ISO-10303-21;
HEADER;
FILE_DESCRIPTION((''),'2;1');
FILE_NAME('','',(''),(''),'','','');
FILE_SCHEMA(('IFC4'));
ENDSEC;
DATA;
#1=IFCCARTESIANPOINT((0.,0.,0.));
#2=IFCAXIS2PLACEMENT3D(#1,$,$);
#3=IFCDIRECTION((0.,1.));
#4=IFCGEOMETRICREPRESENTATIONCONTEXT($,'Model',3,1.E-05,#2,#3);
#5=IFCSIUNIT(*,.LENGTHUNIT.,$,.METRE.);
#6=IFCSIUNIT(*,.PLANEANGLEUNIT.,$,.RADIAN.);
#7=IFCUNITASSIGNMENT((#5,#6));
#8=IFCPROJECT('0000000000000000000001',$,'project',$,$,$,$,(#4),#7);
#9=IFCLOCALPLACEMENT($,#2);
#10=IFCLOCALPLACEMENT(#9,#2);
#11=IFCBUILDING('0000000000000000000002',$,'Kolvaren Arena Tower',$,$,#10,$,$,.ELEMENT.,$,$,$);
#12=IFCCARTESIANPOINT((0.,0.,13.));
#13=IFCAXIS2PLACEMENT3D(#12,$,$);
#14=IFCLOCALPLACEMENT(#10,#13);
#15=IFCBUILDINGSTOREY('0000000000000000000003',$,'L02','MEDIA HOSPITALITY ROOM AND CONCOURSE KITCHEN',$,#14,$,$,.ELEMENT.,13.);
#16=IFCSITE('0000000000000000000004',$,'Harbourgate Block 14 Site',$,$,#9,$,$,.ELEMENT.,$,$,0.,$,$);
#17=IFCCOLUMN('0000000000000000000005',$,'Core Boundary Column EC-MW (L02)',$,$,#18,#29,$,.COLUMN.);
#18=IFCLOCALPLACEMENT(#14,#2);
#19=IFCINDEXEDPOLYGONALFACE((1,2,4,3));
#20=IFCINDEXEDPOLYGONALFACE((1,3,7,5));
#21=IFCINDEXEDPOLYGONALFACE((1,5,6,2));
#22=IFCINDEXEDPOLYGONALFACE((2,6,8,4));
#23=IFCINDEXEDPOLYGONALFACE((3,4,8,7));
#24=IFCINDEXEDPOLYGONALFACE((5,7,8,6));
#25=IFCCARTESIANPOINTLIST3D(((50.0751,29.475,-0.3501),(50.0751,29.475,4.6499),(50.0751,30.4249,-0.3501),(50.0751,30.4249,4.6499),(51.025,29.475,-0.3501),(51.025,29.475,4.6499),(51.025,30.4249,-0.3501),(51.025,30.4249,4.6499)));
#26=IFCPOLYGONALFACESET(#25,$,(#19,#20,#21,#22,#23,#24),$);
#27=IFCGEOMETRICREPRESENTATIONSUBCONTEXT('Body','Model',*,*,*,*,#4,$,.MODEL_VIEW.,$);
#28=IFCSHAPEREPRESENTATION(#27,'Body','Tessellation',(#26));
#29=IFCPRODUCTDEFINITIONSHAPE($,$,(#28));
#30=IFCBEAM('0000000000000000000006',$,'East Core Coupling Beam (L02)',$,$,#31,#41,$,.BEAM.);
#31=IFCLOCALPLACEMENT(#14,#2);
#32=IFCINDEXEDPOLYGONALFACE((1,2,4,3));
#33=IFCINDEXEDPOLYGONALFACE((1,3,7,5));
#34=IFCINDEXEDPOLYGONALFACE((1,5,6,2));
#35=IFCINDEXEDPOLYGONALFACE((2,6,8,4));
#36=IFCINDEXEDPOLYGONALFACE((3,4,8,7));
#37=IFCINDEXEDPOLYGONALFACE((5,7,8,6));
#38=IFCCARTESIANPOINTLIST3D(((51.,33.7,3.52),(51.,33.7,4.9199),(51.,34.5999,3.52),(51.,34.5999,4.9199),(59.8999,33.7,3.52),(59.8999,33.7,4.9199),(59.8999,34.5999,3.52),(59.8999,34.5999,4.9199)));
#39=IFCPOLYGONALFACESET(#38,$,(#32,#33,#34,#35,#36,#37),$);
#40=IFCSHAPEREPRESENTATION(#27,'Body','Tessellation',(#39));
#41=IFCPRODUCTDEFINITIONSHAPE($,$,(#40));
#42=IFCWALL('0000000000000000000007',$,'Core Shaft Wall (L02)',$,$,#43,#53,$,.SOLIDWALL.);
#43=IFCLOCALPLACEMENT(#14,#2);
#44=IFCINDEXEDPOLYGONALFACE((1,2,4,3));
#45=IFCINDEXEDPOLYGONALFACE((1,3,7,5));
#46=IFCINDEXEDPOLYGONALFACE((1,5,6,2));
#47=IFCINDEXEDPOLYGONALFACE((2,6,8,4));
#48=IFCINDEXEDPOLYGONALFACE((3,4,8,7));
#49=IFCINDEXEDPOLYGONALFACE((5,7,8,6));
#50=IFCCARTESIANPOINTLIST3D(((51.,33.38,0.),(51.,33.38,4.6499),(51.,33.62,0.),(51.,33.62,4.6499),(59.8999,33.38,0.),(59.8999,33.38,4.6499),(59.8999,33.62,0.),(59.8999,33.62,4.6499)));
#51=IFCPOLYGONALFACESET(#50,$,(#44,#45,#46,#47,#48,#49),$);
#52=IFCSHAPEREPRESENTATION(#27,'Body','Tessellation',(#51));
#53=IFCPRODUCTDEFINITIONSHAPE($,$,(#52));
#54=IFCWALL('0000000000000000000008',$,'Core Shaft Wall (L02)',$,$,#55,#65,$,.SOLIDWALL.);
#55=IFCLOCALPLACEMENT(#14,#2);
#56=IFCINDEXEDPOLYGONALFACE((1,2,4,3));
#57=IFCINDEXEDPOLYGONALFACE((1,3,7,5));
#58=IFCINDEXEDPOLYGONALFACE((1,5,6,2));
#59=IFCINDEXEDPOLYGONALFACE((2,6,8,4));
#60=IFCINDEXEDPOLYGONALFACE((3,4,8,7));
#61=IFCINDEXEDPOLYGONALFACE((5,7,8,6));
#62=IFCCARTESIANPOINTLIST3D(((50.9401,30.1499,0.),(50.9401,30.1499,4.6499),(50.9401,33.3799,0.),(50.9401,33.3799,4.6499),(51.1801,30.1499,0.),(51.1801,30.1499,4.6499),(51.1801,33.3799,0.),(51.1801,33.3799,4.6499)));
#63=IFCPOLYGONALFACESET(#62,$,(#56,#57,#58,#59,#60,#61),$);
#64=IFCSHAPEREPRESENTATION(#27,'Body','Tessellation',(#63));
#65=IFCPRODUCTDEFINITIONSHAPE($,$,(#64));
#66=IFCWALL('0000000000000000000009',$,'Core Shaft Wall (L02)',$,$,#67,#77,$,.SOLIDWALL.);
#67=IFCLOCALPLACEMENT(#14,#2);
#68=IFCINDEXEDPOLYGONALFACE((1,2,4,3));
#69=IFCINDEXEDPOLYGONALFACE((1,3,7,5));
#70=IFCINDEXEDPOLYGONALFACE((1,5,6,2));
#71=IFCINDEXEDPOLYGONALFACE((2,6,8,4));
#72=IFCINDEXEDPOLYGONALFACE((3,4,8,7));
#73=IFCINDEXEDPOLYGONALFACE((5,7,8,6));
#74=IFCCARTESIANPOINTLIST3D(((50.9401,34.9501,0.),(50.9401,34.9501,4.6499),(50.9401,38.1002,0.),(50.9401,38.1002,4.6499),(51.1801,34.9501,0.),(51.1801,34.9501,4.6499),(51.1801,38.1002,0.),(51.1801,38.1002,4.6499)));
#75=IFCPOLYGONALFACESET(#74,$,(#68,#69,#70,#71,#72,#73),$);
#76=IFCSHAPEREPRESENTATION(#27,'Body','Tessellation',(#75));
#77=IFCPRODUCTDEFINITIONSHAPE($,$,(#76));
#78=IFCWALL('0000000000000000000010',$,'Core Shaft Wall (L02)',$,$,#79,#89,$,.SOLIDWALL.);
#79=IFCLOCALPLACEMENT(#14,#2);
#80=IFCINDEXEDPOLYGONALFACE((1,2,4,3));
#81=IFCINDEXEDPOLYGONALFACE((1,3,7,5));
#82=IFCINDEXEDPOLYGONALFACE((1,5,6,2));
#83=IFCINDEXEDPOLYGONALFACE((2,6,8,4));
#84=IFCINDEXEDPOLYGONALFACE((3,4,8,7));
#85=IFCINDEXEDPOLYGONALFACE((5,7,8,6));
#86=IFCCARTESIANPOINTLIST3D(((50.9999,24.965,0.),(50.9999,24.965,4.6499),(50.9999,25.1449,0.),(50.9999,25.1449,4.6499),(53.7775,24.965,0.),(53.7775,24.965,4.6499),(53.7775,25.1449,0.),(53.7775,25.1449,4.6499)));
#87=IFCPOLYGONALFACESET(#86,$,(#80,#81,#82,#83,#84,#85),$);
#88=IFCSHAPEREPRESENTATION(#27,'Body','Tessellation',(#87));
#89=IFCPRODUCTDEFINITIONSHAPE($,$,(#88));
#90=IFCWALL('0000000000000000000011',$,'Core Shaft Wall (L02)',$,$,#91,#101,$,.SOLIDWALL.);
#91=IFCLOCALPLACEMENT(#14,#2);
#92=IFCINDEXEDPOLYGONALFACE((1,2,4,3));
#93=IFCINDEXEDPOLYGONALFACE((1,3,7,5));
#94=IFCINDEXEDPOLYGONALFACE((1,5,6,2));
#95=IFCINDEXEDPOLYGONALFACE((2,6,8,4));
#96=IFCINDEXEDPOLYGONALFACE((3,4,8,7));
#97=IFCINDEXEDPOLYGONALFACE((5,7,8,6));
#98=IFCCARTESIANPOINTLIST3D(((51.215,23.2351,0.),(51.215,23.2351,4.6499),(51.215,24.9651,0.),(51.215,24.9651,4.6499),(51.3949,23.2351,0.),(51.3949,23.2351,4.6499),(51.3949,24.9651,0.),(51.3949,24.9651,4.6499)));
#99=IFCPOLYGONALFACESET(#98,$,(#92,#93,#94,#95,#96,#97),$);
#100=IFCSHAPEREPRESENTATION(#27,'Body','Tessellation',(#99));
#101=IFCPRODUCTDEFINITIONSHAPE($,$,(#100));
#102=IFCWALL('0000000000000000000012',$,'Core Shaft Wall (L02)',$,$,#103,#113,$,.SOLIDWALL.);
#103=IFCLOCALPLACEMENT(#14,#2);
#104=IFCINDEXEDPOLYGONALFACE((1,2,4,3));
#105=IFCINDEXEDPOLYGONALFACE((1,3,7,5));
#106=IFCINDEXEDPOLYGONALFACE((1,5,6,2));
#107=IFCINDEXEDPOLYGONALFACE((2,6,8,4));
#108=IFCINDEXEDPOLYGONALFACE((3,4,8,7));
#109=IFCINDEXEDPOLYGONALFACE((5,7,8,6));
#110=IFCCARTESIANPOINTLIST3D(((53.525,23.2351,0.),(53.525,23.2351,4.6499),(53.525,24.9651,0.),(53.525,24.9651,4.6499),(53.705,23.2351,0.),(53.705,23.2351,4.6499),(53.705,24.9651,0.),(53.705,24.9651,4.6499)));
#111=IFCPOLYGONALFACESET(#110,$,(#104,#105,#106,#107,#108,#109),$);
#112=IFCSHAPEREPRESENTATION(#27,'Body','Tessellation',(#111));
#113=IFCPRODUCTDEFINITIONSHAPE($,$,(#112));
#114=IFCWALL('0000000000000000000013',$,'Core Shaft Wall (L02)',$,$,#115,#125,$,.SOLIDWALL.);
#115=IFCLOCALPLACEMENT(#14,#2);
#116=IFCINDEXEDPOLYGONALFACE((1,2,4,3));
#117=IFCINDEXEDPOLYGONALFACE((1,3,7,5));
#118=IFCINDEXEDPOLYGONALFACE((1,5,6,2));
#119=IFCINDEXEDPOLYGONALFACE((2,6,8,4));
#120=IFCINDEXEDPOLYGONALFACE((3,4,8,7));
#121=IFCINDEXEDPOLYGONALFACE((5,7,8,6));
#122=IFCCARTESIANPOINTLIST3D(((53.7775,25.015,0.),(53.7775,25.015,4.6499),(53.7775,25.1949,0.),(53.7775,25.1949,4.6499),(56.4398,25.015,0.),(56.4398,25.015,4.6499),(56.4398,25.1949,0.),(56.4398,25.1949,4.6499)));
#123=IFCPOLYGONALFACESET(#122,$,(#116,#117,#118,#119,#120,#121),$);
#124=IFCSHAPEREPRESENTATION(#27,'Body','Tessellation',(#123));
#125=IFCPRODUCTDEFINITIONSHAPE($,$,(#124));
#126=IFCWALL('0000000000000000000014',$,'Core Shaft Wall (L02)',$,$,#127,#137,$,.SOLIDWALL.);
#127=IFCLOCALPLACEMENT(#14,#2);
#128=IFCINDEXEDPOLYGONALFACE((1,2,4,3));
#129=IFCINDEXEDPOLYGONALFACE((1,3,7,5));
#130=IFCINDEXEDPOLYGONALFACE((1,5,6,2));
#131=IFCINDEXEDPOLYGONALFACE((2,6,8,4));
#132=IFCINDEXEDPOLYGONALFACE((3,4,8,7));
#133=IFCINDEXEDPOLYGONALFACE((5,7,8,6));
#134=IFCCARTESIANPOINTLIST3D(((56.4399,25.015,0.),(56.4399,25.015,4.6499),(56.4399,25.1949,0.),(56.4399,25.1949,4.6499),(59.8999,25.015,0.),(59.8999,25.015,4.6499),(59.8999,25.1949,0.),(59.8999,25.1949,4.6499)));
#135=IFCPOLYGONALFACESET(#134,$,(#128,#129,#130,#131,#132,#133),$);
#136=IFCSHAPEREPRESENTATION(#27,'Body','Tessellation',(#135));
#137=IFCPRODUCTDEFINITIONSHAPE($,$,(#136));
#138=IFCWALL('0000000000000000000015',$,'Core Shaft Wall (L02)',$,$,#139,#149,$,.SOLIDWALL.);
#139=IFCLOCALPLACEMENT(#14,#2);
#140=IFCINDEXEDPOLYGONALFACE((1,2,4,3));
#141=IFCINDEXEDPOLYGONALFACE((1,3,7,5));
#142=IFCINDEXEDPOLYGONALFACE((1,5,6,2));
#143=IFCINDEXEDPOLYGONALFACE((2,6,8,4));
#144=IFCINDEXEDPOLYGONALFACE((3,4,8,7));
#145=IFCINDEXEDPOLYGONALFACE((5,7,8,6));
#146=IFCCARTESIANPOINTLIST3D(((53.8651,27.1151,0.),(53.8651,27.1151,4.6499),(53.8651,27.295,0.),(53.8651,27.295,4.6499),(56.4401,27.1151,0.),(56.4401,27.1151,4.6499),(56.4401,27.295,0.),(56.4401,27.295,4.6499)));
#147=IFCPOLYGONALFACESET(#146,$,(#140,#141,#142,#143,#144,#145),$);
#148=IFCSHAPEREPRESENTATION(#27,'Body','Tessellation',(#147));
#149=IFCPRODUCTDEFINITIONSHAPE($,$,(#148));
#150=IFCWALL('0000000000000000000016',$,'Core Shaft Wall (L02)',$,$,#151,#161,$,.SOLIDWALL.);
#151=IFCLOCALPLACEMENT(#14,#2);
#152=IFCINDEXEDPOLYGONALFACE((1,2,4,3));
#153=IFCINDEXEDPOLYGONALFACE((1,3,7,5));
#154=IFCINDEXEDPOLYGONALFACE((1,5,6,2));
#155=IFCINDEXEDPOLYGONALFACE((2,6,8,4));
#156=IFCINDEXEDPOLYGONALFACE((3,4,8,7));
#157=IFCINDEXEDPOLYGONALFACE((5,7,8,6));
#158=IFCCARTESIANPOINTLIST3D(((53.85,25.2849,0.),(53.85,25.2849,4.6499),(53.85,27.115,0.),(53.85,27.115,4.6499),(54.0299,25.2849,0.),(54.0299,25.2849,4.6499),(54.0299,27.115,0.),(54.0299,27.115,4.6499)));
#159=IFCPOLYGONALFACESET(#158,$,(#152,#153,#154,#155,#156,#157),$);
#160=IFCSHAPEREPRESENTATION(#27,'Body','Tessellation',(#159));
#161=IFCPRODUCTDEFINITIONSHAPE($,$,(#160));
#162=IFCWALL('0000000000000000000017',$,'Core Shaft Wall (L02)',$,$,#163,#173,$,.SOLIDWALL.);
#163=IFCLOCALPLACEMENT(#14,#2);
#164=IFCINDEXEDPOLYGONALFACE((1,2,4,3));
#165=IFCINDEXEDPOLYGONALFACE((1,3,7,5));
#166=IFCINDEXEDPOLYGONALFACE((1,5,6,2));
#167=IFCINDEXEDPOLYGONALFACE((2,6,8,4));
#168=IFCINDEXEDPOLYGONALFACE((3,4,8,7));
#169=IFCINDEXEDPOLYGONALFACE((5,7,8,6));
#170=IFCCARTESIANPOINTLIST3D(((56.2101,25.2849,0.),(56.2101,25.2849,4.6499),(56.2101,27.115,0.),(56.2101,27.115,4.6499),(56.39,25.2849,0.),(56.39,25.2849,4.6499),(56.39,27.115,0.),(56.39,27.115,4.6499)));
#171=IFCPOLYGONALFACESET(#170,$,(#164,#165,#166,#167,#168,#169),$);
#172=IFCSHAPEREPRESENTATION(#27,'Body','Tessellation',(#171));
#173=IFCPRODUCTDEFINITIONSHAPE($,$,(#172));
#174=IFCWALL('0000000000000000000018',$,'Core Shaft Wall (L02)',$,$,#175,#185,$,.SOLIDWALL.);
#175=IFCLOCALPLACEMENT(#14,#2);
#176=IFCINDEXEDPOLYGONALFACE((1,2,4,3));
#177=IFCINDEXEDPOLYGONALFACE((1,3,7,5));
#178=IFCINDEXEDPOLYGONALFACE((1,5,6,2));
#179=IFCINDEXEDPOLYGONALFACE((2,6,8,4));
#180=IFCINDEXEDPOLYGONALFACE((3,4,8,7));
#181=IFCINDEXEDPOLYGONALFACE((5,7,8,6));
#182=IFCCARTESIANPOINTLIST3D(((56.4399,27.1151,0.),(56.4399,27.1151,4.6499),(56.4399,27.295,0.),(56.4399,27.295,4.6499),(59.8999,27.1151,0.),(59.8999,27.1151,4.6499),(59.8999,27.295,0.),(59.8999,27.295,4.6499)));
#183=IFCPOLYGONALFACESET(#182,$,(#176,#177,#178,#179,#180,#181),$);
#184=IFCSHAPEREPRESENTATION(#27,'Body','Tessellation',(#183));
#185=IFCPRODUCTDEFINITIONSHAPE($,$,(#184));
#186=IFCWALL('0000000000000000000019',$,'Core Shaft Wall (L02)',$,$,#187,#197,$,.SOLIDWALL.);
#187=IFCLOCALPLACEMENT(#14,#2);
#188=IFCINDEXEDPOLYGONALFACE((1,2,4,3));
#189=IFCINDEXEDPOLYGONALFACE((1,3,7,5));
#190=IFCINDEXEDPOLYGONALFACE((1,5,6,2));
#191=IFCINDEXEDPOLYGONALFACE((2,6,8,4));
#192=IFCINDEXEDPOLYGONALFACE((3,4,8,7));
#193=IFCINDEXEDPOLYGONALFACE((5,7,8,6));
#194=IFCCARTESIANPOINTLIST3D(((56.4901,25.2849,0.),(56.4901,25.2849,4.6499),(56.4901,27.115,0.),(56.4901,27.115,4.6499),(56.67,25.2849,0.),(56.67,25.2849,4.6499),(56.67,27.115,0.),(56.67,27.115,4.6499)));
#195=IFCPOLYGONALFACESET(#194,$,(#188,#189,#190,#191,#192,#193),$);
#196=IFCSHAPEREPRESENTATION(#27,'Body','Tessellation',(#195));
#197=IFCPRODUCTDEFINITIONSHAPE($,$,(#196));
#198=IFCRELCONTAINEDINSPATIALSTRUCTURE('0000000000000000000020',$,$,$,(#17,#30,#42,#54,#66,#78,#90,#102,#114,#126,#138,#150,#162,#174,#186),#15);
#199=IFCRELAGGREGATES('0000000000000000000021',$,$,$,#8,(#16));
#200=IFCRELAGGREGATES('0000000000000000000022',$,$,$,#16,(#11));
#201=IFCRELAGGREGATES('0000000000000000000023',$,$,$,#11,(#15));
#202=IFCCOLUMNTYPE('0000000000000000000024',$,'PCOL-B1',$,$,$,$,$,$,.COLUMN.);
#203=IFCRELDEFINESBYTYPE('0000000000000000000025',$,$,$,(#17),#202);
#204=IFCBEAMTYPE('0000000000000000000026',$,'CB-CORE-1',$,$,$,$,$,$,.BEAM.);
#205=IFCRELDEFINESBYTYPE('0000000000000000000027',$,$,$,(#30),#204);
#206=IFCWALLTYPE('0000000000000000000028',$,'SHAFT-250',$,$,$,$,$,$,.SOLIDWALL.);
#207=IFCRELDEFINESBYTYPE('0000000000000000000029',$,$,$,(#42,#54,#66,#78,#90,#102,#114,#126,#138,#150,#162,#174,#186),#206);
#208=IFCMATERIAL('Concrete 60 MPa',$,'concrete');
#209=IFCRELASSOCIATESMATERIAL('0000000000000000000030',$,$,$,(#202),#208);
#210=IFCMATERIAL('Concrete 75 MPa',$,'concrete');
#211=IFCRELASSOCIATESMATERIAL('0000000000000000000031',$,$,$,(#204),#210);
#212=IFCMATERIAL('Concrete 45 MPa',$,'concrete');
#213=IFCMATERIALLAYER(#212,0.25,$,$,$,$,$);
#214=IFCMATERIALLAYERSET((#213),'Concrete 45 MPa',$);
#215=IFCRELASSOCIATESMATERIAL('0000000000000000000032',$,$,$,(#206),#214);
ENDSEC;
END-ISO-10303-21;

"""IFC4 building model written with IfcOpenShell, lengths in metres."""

from ifc_helpers import new_model, si_unit, direction, frame, frame_2d, origin, origin_2d, place, context, subcontext, project, spatial, rectangle, extrude, material, layer, layer_set, material_profile, profile_set, type_object, element, save


model = new_model("IFC4")

# Units and contexts
model_context = context("Model", 3, precision=1e-05, world=origin(), true_north=direction((0.0, 1.0)))
body_context = subcontext(model_context, "Body", "Model", "MODEL_VIEW")
ifc_project = project(units=[si_unit("LENGTHUNIT", "METRE"), si_unit("PLANEANGLEUNIT", "RADIAN")], contexts=[model_context])

# Site, building, storey
site_placement = place(None, origin())
site = spatial("IfcSite", under=ifc_project, at=site_placement, Name="Harbourgate Block 14 Site", CompositionType="ELEMENT", RefElevation=0.0)
building_placement = place(site_placement, origin())
building = spatial("IfcBuilding", under=site, at=building_placement, Name="Kolvaren Arena Tower", CompositionType="ELEMENT")
storey_placement = place(building_placement, frame((0.0, 0.0, 13.0)))
storey = spatial("IfcBuildingStorey", under=building, at=storey_placement, Name="L02", Description="MEDIA HOSPITALITY ROOM AND CONCOURSE KITCHEN", CompositionType="ELEMENT", Elevation=13.0)

# Column
ifc_material_1 = material(Name="Concrete 60 MPa", Category="concrete")
ifc_material_profile_1 = material_profile(ifc_material_1, rectangle(XDim=0.95, YDim=0.95, at=origin_2d()), Name="RC-950x950")
ifc_profile_set_1 = profile_set([ifc_material_profile_1], Name="Concrete 60 MPa")
column_type = type_object("IfcColumnType", Name="PCOL-B1", PredefinedType="COLUMN", material=ifc_profile_set_1)
column_placement = place(storey_placement, frame((50.55, 29.95, -0.3501), z_axis=(0.0, 0.0, 1.0), x_axis=(1.0, 0.0, 0.0)))
element("IfcColumn", 1, at=column_placement, inside=storey, type_object=column_type, Name="Core Boundary Column EC-MW (L02)", PredefinedType="COLUMN", context=body_context, shape_type="SweptSolid", body=[
    extrude(rectangle(XDim=0.95, YDim=0.95, at=origin_2d()), origin(), (0.0, 0.0, 1.0), 5.0),
])

# Beam
ifc_material_2 = material(Name="Concrete 75 MPa", Category="concrete")
ifc_material_profile_2 = material_profile(ifc_material_2, rectangle(XDim=0.8999, YDim=1.3999, at=origin_2d()), Name="RC-900x1400")
ifc_profile_set_2 = profile_set([ifc_material_profile_2], Name="Concrete 75 MPa")
beam_type = type_object("IfcBeamType", Name="CB-CORE-1", PredefinedType="BEAM", material=ifc_profile_set_2)
beam_placement = place(storey_placement, frame((51.0, 34.1499, 4.22), z_axis=(1.0, 0.0, 0.0), x_axis=(0.0, 1.0, 0.0)))
element("IfcBeam", 2, at=beam_placement, inside=storey, type_object=beam_type, Name="East Core Coupling Beam (L02)", PredefinedType="BEAM", context=body_context, shape_type="SweptSolid", body=[
    extrude(rectangle(XDim=0.8999, YDim=1.3999, at=origin_2d()), origin(), (0.0, 0.0, 1.0), 8.8999),
])

# Walls
ifc_material_3 = material(Name="Concrete 45 MPa", Category="concrete")
ifc_layer = layer(ifc_material_3, 0.25)
ifc_layer_set = layer_set([ifc_layer], Name="Concrete 45 MPa")
wall_type = type_object("IfcWallType", Name="SHAFT-250", PredefinedType="SOLIDWALL", material=ifc_layer_set)
wall_1_placement = place(storey_placement, frame((51.0, 33.5, 0.0), z_axis=(0.0, 0.0, 1.0), x_axis=(1.0, 0.0, 0.0)))
element("IfcWall", 3, at=wall_1_placement, inside=storey, type_object=wall_type, Name="Core Shaft Wall (L02)", PredefinedType="SOLIDWALL", context=body_context, shape_type="SweptSolid", body=[
    extrude(rectangle(XDim=8.8999, YDim=0.24, at=frame_2d((4.45, 0.0))), origin(), (0.0, 0.0, 1.0), 4.6499),
])
wall_2_placement = place(storey_placement, frame((51.0601, 30.1499, 0.0), z_axis=(0.0, 0.0, 1.0), x_axis=(0.0, 1.0, 0.0)))
element("IfcWall", 4, at=wall_2_placement, inside=storey, type_object=wall_type, Name="Core Shaft Wall (L02)", PredefinedType="SOLIDWALL", context=body_context, shape_type="SweptSolid", body=[
    extrude(rectangle(XDim=3.23, YDim=0.24, at=frame_2d((1.615, 0.0))), origin(), (0.0, 0.0, 1.0), 4.6499),
])
wall_3_placement = place(storey_placement, frame((51.0601, 34.95, 0.0), z_axis=(0.0, 0.0, 1.0), x_axis=(0.0, 1.0, 0.0)))
element("IfcWall", 5, at=wall_3_placement, inside=storey, type_object=wall_type, Name="Core Shaft Wall (L02)", PredefinedType="SOLIDWALL", context=body_context, shape_type="SweptSolid", body=[
    extrude(rectangle(XDim=3.1501, YDim=0.24, at=frame_2d((1.5752, 0.0))), origin(), (0.0, 0.0, 1.0), 4.6499),
])
wall_4_placement = place(storey_placement, frame((51.0, 25.0549, 0.0), z_axis=(0.0, 0.0, 1.0), x_axis=(1.0, 0.0, 0.0)))
element("IfcWall", 6, at=wall_4_placement, inside=storey, type_object=wall_type, Name="Core Shaft Wall (L02)", PredefinedType="SOLIDWALL", context=body_context, shape_type="SweptSolid", body=[
    extrude(rectangle(XDim=2.7776, YDim=0.1799, at=frame_2d((1.3887, 0.0))), origin(), (0.0, 0.0, 1.0), 4.6499),
])
for number, where, z_axis, x_axis, name in (
    (7, (51.3049, 23.2351, 0.0), (0.0, 0.0, 1.0), (0.0, 1.0, 0.0), "Core Shaft Wall (L02)"),
    (8, (53.615, 23.2351, 0.0), (0.0, 0.0, 1.0), (0.0, 1.0, 0.0), "Core Shaft Wall (L02)"),
):
    element("IfcWall", number, at=place(storey_placement, frame(where, z_axis=z_axis, x_axis=x_axis)), inside=storey, type_object=wall_type, Name=name, PredefinedType="SOLIDWALL", context=body_context, shape_type="SweptSolid", body=[
        extrude(rectangle(XDim=1.73, YDim=0.1799, at=frame_2d((0.865, 0.0))), origin(), (0.0, 0.0, 1.0), 4.6499),
    ])
wall_5_placement = place(storey_placement, frame((53.7776, 25.105, 0.0), z_axis=(0.0, 0.0, 1.0), x_axis=(1.0, 0.0, 0.0)))
element("IfcWall", 9, at=wall_5_placement, inside=storey, type_object=wall_type, Name="Core Shaft Wall (L02)", PredefinedType="SOLIDWALL", context=body_context, shape_type="SweptSolid", body=[
    extrude(rectangle(XDim=2.6624, YDim=0.1799, at=frame_2d((1.3311, 0.0))), origin(), (0.0, 0.0, 1.0), 4.6499),
])
wall_6_placement = place(storey_placement, frame((56.4399, 25.105, 0.0), z_axis=(0.0, 0.0, 1.0), x_axis=(1.0, 0.0, 0.0)))
element("IfcWall", 10, at=wall_6_placement, inside=storey, type_object=wall_type, Name="Core Shaft Wall (L02)", PredefinedType="SOLIDWALL", context=body_context, shape_type="SweptSolid", body=[
    extrude(rectangle(XDim=3.46, YDim=0.1799, at=frame_2d((1.73, 0.0))), origin(), (0.0, 0.0, 1.0), 4.6499),
])
wall_7_placement = place(storey_placement, frame((53.865, 27.2051, 0.0), z_axis=(0.0, 0.0, 1.0), x_axis=(1.0, 0.0, 0.0)))
element("IfcWall", 11, at=wall_7_placement, inside=storey, type_object=wall_type, Name="Core Shaft Wall (L02)", PredefinedType="SOLIDWALL", context=body_context, shape_type="SweptSolid", body=[
    extrude(rectangle(XDim=2.575, YDim=0.1799, at=frame_2d((1.2876, 0.0))), origin(), (0.0, 0.0, 1.0), 4.6499),
])
for number, where, z_axis, x_axis, name in (
    (12, (53.9399, 25.2849, 0.0), (0.0, 0.0, 1.0), (0.0, 1.0, 0.0), "Core Shaft Wall (L02)"),
    (13, (56.3, 25.2849, 0.0), (0.0, 0.0, 1.0), (0.0, 1.0, 0.0), "Core Shaft Wall (L02)"),
):
    element("IfcWall", number, at=place(storey_placement, frame(where, z_axis=z_axis, x_axis=x_axis)), inside=storey, type_object=wall_type, Name=name, PredefinedType="SOLIDWALL", context=body_context, shape_type="SweptSolid", body=[
        extrude(rectangle(XDim=1.8301, YDim=0.1799, at=frame_2d((0.915, 0.0))), origin(), (0.0, 0.0, 1.0), 4.6499),
    ])
wall_8_placement = place(storey_placement, frame((56.4399, 27.2051, 0.0), z_axis=(0.0, 0.0, 1.0), x_axis=(1.0, 0.0, 0.0)))
element("IfcWall", 14, at=wall_8_placement, inside=storey, type_object=wall_type, Name="Core Shaft Wall (L02)", PredefinedType="SOLIDWALL", context=body_context, shape_type="SweptSolid", body=[
    extrude(rectangle(XDim=3.46, YDim=0.1799, at=frame_2d((1.73, 0.0))), origin(), (0.0, 0.0, 1.0), 4.6499),
])
wall_9_placement = place(storey_placement, frame((56.5801, 25.2849, 0.0), z_axis=(0.0, 0.0, 1.0), x_axis=(0.0, 1.0, 0.0)))
element("IfcWall", 15, at=wall_9_placement, inside=storey, type_object=wall_type, Name="Core Shaft Wall (L02)", PredefinedType="SOLIDWALL", context=body_context, shape_type="SweptSolid", body=[
    extrude(rectangle(XDim=1.8301, YDim=0.1799, at=frame_2d((0.915, 0.0))), origin(), (0.0, 0.0, 1.0), 4.6499),
])

save(model, "model.ifc")
